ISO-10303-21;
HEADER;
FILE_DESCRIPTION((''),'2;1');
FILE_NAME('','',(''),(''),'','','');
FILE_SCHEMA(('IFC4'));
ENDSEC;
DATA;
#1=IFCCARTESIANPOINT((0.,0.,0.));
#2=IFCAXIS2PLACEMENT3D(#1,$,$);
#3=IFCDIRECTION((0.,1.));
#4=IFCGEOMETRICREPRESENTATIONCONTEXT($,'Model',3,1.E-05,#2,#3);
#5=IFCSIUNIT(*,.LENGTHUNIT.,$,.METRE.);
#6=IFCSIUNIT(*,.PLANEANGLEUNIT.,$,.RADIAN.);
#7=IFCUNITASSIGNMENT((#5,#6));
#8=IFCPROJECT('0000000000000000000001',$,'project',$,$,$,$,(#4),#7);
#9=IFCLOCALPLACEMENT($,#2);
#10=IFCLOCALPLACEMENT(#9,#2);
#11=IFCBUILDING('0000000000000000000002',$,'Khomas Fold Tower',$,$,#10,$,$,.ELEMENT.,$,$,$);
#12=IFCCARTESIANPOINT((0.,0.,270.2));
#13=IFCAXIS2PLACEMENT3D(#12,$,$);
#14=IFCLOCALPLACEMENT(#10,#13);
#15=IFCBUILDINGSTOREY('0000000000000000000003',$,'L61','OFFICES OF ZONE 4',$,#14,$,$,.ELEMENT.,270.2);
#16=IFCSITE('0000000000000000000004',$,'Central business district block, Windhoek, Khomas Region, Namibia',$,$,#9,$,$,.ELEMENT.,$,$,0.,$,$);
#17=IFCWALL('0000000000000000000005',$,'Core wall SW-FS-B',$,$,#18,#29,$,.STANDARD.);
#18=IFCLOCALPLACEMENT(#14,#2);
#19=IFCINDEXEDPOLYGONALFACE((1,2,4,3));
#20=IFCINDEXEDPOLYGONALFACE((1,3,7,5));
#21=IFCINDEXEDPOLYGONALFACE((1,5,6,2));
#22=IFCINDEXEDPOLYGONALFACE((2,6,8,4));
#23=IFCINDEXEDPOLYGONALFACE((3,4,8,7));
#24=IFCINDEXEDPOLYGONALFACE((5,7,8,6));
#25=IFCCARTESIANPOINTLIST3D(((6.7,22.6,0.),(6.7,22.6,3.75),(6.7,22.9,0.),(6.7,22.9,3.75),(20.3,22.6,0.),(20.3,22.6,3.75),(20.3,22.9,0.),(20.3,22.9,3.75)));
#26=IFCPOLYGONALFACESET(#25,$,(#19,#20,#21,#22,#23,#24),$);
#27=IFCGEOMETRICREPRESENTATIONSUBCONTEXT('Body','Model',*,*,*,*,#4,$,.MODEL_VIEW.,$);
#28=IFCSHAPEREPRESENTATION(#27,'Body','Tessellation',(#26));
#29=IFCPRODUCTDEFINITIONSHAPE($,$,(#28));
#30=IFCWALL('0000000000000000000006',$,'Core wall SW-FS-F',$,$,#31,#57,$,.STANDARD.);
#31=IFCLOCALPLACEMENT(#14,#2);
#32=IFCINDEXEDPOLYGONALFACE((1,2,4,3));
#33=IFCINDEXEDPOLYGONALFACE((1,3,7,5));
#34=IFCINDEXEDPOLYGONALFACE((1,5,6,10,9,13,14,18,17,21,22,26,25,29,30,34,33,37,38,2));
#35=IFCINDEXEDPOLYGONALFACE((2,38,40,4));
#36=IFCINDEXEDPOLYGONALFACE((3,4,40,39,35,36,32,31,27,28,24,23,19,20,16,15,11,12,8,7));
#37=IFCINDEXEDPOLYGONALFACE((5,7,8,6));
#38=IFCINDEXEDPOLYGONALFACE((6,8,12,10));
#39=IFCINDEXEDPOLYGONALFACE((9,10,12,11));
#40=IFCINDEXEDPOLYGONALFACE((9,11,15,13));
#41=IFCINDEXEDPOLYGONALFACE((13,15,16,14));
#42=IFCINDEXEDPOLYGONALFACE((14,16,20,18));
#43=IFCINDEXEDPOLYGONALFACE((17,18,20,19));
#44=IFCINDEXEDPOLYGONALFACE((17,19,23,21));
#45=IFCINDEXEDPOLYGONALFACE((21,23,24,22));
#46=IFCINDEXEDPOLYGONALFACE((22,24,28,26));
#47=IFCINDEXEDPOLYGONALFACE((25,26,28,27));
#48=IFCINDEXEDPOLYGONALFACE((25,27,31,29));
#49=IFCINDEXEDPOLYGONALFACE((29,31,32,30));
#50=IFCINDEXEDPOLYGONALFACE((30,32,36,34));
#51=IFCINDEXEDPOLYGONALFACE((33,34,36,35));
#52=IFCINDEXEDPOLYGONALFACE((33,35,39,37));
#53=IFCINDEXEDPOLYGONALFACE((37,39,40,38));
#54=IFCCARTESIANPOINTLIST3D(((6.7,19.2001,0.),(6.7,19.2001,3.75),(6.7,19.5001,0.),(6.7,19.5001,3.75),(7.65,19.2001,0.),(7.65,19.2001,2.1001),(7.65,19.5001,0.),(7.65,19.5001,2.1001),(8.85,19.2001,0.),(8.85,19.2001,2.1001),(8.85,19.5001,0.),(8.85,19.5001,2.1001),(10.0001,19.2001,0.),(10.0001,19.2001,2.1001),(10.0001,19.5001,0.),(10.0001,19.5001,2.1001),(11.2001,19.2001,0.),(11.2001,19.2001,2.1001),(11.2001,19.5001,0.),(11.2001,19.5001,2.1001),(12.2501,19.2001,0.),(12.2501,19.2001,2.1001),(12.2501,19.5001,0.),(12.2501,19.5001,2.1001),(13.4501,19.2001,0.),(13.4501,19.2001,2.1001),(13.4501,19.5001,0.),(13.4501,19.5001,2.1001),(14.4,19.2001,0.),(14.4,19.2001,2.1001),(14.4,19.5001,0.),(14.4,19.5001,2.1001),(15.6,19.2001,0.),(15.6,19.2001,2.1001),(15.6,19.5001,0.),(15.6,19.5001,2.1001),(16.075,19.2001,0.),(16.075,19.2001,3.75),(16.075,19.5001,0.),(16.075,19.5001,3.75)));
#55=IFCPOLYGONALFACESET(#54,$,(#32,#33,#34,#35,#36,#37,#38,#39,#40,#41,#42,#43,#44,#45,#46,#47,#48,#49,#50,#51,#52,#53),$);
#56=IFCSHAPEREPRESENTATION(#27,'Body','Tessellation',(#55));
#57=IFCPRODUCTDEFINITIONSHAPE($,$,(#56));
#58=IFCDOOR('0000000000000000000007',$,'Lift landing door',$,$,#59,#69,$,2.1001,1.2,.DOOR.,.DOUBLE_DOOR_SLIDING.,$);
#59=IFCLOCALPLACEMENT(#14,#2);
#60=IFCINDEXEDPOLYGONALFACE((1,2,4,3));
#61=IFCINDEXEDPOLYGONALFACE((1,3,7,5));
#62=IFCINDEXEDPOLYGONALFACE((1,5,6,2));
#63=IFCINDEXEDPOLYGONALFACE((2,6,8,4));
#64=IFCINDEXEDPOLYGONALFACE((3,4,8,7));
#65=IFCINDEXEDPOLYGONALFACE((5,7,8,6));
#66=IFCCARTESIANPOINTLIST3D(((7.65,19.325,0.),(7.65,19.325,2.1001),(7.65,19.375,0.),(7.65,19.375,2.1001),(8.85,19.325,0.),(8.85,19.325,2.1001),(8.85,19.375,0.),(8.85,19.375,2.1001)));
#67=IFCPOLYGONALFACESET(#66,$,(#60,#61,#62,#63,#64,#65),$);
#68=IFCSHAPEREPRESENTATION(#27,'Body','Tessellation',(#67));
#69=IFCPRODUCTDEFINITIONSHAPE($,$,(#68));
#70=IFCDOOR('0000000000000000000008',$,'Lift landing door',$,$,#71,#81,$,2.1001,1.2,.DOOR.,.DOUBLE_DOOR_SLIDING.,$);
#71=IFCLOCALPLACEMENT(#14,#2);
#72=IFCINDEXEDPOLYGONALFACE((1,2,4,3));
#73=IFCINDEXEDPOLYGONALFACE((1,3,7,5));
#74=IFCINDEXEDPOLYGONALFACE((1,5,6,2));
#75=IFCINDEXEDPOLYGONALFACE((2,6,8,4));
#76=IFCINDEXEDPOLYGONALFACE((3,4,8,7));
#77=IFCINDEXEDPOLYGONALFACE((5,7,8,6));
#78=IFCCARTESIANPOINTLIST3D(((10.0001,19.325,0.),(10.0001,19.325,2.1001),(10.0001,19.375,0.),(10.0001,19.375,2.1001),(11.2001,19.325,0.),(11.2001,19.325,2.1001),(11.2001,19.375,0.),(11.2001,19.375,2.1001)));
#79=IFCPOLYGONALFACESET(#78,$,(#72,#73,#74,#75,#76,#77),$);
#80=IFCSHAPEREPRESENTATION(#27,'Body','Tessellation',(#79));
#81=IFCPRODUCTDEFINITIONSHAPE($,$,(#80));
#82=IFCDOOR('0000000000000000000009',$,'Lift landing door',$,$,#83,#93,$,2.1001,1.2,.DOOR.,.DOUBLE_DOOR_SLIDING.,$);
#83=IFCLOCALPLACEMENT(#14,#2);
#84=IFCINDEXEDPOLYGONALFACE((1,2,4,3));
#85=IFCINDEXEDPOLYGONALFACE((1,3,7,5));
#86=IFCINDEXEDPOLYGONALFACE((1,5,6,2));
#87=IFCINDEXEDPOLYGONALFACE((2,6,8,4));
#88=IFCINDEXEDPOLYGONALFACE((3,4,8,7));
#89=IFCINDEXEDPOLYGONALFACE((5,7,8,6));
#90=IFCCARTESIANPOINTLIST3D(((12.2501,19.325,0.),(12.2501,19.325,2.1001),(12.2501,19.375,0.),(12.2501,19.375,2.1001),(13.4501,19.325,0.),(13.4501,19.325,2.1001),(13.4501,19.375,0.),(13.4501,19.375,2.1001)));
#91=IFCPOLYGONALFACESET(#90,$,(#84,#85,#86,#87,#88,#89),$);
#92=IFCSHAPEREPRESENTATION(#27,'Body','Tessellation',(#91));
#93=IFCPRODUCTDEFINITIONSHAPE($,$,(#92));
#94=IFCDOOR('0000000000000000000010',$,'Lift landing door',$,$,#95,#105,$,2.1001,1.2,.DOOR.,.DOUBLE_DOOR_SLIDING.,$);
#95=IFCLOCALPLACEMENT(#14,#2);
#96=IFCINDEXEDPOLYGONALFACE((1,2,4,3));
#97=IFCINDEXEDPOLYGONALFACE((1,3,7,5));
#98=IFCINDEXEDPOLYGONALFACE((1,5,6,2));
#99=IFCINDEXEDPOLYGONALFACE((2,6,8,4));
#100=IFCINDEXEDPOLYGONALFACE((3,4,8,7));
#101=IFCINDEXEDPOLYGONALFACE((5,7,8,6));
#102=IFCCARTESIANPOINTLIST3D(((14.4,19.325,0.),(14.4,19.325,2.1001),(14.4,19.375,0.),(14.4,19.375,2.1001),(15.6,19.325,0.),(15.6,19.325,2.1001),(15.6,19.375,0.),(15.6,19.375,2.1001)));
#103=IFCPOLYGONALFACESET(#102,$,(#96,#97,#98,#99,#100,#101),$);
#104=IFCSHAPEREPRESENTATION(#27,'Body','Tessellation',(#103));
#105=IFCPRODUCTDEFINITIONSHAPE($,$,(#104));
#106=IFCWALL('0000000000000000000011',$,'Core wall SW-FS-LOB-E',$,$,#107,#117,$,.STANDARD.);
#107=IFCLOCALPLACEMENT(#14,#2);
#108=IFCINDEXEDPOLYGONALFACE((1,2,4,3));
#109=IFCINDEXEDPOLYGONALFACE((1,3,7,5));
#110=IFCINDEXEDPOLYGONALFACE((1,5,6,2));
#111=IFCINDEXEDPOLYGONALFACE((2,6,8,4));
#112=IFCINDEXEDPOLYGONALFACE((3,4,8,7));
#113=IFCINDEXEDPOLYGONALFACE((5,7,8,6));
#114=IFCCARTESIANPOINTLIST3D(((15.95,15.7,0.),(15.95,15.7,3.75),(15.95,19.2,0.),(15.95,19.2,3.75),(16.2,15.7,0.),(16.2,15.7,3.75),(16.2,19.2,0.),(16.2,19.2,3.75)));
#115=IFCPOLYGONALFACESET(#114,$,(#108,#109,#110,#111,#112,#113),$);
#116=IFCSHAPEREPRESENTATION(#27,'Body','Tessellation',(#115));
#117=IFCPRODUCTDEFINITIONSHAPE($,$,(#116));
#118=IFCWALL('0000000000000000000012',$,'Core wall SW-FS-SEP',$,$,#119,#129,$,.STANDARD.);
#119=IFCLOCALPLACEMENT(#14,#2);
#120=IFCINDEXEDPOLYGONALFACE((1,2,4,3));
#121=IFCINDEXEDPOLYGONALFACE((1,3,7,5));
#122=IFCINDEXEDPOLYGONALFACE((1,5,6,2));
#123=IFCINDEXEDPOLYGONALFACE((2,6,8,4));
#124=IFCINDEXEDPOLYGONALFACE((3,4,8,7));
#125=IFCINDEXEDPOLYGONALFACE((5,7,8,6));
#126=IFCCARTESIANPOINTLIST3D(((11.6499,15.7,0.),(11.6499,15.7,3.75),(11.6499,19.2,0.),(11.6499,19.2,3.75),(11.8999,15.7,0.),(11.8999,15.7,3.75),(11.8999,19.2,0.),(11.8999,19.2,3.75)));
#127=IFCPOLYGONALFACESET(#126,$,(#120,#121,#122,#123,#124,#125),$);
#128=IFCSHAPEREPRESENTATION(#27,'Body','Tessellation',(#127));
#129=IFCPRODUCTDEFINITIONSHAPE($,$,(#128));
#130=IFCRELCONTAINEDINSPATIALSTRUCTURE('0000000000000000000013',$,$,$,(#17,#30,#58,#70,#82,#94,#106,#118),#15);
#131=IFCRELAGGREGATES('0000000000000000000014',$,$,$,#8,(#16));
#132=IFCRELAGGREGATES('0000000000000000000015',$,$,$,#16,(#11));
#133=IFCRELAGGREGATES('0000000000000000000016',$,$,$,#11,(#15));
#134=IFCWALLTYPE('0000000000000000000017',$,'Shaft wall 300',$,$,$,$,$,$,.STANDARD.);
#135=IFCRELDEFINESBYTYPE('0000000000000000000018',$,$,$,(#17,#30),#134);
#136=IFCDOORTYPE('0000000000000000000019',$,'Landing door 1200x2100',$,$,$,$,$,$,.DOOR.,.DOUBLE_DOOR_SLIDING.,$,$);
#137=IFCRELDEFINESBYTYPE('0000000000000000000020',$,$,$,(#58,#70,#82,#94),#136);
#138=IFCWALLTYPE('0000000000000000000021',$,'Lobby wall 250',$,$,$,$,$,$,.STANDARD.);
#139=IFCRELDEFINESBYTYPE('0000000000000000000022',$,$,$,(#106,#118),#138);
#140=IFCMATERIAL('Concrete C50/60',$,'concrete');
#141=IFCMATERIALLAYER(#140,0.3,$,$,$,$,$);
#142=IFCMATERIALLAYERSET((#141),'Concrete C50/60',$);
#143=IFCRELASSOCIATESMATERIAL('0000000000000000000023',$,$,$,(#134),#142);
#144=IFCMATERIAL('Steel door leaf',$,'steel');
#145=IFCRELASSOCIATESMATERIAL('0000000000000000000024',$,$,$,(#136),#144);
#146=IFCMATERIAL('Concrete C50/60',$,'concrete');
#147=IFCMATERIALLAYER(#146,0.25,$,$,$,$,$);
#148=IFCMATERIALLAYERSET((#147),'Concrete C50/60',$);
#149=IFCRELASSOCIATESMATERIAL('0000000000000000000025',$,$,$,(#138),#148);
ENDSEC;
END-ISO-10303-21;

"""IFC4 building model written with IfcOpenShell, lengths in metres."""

from ifc_helpers import new_model, si_unit, direction, frame, frame_2d, origin, place, context, subcontext, project, spatial, rectangle, extrude, source, transform, mapped, material, layer, layer_set, type_object, element, fill, save


model = new_model("IFC4")

# Units and contexts
model_context = context("Model", 3, precision=1e-05, world=origin(), true_north=direction((0.0, 1.0)))
body_context = subcontext(model_context, "Body", "Model", "MODEL_VIEW")
ifc_project = project(units=[si_unit("LENGTHUNIT", "METRE"), si_unit("PLANEANGLEUNIT", "RADIAN")], contexts=[model_context])

# Site, building, storey
site_placement = place(None, origin())
site = spatial("IfcSite", under=ifc_project, at=site_placement, Name="Central business district block, Windhoek, Khomas Region, Namibia", CompositionType="ELEMENT", RefElevation=0.0)
building_placement = place(site_placement, origin())
building = spatial("IfcBuilding", under=site, at=building_placement, Name="Khomas Fold Tower", CompositionType="ELEMENT")
storey_placement = place(building_placement, frame((0.0, 0.0, 270.2)))
storey = spatial("IfcBuildingStorey", under=building, at=storey_placement, Name="L61", Description="OFFICES OF ZONE 4", CompositionType="ELEMENT", Elevation=270.2)

# Wall
ifc_material_1 = material(Name="Concrete C50/60", Category="concrete")
ifc_layer_1 = layer(ifc_material_1, 0.3)
ifc_layer_set_1 = layer_set([ifc_layer_1], Name="Concrete C50/60")
wall_type_1 = type_object("IfcWallType", Name="Shaft wall 300", PredefinedType="STANDARD", material=ifc_layer_set_1)
shared_shape_1 = source(origin(), body_context, "Body", "SweptSolid", [
    extrude(rectangle(XDim=13.6001, YDim=0.3, at=frame_2d((6.8, 0.0))), origin(), (0.0, 0.0, 1.0), 3.75),
])
wall_1_placement = place(storey_placement, frame((6.7, 22.75, 0.0), z_axis=(0.0, 0.0, 1.0), x_axis=(1.0, 0.0, 0.0)))
element("IfcWall", 1, at=wall_1_placement, inside=storey, type_object=wall_type_1, Name="Core wall SW-FS-B", PredefinedType="STANDARD", context=body_context, shape_type="MappedRepresentation", body=[
    mapped(shared_shape_1, transform((0.0, 0.0, 0.0))),
])

# Wall, openings, doors
shared_shape_2 = source(origin(), body_context, "Body", "SweptSolid", [
    extrude(rectangle(XDim=9.375, YDim=0.3, at=frame_2d((4.6875, 0.0))), origin(), (0.0, 0.0, 1.0), 3.75),
])
wall_2_placement = place(storey_placement, frame((6.7, 19.3501, 0.0), z_axis=(0.0, 0.0, 1.0), x_axis=(1.0, 0.0, 0.0)))
wall_2 = element("IfcWall", 2, at=wall_2_placement, inside=storey, type_object=wall_type_1, Name="Core wall SW-FS-F", PredefinedType="STANDARD", context=body_context, shape_type="MappedRepresentation", body=[
    mapped(shared_shape_2, transform((0.0, 0.0, 0.0))),
])
shared_shape_3 = source(origin(), body_context, "Body", "SweptSolid", [
    extrude(rectangle(XDim=1.2, YDim=2.1001, at=frame_2d((0.6001, 1.05))), frame((0.0, 0.1599, 0.0), z_axis=(0.0, -1.0, 0.0), x_axis=(1.0, 0.0, 0.0)), (0.0, 0.0, 1.0), 0.3201),
])
opening_1_placement = place(wall_2_placement, frame((0.95, 0.0, 0.0)))
opening_1 = element("IfcOpeningElement", 3, at=opening_1_placement, cuts=wall_2, PredefinedType="OPENING", context=body_context, shape_type="MappedRepresentation", body=[
    mapped(shared_shape_3, transform((0.0, 0.0, 0.0))),
])
opening_2_placement = place(wall_2_placement, frame((3.3, 0.0, 0.0)))
opening_2 = element("IfcOpeningElement", 4, at=opening_2_placement, cuts=wall_2, PredefinedType="OPENING", context=body_context, shape_type="MappedRepresentation", body=[
    mapped(shared_shape_3, transform((0.0, 0.0, 0.0))),
])
opening_3_placement = place(wall_2_placement, frame((5.55, 0.0, 0.0)))
opening_3 = element("IfcOpeningElement", 5, at=opening_3_placement, cuts=wall_2, PredefinedType="OPENING", context=body_context, shape_type="MappedRepresentation", body=[
    mapped(shared_shape_3, transform((0.0, 0.0, 0.0))),
])
opening_4_placement = place(wall_2_placement, frame((7.7, 0.0, 0.0)))
opening_4 = element("IfcOpeningElement", 6, at=opening_4_placement, cuts=wall_2, PredefinedType="OPENING", context=body_context, shape_type="MappedRepresentation", body=[
    mapped(shared_shape_3, transform((0.0, 0.0, 0.0))),
])
ifc_material_2 = material(Name="Steel door leaf", Category="steel")
door_type_1 = type_object("IfcDoorType", Name="Landing door 1200x2100", OperationType="DOUBLE_DOOR_SLIDING", PredefinedType="DOOR", material=ifc_material_2)
shared_shape_4 = source(origin(), body_context, "Body", "SweptSolid", [
    extrude(rectangle(XDim=1.2, YDim=2.1001, at=frame_2d((0.6001, 1.05))), frame((0.0, 0.0249, 0.0), z_axis=(0.0, -1.0, 0.0), x_axis=(1.0, 0.0, 0.0)), (0.0, 0.0, 1.0), 0.05),
])
door_1_placement = place(opening_1_placement, origin())
door_1 = element("IfcDoor", 7, at=door_1_placement, inside=storey, type_object=door_type_1, Name="Lift landing door", OperationType="DOUBLE_DOOR_SLIDING", OverallHeight=2.1001, OverallWidth=1.2, PredefinedType="DOOR", context=body_context, shape_type="MappedRepresentation", body=[
    mapped(shared_shape_4, transform((0.0, 0.0, 0.0))),
])
fill(opening_1, door_1)
door_2_placement = place(opening_2_placement, origin())
door_2 = element("IfcDoor", 8, at=door_2_placement, inside=storey, type_object=door_type_1, Name="Lift landing door", OperationType="DOUBLE_DOOR_SLIDING", OverallHeight=2.1001, OverallWidth=1.2, PredefinedType="DOOR", context=body_context, shape_type="MappedRepresentation", body=[
    mapped(shared_shape_4, transform((0.0, 0.0, 0.0))),
])
fill(opening_2, door_2)
door_3_placement = place(opening_3_placement, origin())
door_3 = element("IfcDoor", 9, at=door_3_placement, inside=storey, type_object=door_type_1, Name="Lift landing door", OperationType="DOUBLE_DOOR_SLIDING", OverallHeight=2.1001, OverallWidth=1.2, PredefinedType="DOOR", context=body_context, shape_type="MappedRepresentation", body=[
    mapped(shared_shape_4, transform((0.0, 0.0, 0.0))),
])
fill(opening_3, door_3)
door_4_placement = place(opening_4_placement, origin())
door_4 = element("IfcDoor", 10, at=door_4_placement, inside=storey, type_object=door_type_1, Name="Lift landing door", OperationType="DOUBLE_DOOR_SLIDING", OverallHeight=2.1001, OverallWidth=1.2, PredefinedType="DOOR", context=body_context, shape_type="MappedRepresentation", body=[
    mapped(shared_shape_4, transform((0.0, 0.0, 0.0))),
])
fill(opening_4, door_4)

# Walls
ifc_material_3 = material(Name="Concrete C50/60", Category="concrete")
ifc_layer_2 = layer(ifc_material_3, 0.25)
ifc_layer_set_2 = layer_set([ifc_layer_2], Name="Concrete C50/60")
wall_type_2 = type_object("IfcWallType", Name="Lobby wall 250", PredefinedType="STANDARD", material=ifc_layer_set_2)
shared_shape_5 = source(origin(), body_context, "Body", "SweptSolid", [
    extrude(rectangle(XDim=3.5, YDim=0.25, at=frame_2d((1.75, 0.0))), origin(), (0.0, 0.0, 1.0), 3.75),
])
for number, where, z_axis, x_axis, name in (
    (11, (16.075, 15.7, 0.0), (0.0, 0.0, 1.0), (0.0, 1.0, 0.0), "Core wall SW-FS-LOB-E"),
    (12, (11.7749, 15.7, 0.0), (0.0, 0.0, 1.0), (0.0, 1.0, 0.0), "Core wall SW-FS-SEP"),
):
    element("IfcWall", number, at=place(storey_placement, frame(where, z_axis=z_axis, x_axis=x_axis)), inside=storey, type_object=wall_type_2, Name=name, PredefinedType="STANDARD", context=body_context, shape_type="MappedRepresentation", body=[
        mapped(shared_shape_5, transform((0.0, 0.0, 0.0))),
    ])

save(model, "model.ifc")
